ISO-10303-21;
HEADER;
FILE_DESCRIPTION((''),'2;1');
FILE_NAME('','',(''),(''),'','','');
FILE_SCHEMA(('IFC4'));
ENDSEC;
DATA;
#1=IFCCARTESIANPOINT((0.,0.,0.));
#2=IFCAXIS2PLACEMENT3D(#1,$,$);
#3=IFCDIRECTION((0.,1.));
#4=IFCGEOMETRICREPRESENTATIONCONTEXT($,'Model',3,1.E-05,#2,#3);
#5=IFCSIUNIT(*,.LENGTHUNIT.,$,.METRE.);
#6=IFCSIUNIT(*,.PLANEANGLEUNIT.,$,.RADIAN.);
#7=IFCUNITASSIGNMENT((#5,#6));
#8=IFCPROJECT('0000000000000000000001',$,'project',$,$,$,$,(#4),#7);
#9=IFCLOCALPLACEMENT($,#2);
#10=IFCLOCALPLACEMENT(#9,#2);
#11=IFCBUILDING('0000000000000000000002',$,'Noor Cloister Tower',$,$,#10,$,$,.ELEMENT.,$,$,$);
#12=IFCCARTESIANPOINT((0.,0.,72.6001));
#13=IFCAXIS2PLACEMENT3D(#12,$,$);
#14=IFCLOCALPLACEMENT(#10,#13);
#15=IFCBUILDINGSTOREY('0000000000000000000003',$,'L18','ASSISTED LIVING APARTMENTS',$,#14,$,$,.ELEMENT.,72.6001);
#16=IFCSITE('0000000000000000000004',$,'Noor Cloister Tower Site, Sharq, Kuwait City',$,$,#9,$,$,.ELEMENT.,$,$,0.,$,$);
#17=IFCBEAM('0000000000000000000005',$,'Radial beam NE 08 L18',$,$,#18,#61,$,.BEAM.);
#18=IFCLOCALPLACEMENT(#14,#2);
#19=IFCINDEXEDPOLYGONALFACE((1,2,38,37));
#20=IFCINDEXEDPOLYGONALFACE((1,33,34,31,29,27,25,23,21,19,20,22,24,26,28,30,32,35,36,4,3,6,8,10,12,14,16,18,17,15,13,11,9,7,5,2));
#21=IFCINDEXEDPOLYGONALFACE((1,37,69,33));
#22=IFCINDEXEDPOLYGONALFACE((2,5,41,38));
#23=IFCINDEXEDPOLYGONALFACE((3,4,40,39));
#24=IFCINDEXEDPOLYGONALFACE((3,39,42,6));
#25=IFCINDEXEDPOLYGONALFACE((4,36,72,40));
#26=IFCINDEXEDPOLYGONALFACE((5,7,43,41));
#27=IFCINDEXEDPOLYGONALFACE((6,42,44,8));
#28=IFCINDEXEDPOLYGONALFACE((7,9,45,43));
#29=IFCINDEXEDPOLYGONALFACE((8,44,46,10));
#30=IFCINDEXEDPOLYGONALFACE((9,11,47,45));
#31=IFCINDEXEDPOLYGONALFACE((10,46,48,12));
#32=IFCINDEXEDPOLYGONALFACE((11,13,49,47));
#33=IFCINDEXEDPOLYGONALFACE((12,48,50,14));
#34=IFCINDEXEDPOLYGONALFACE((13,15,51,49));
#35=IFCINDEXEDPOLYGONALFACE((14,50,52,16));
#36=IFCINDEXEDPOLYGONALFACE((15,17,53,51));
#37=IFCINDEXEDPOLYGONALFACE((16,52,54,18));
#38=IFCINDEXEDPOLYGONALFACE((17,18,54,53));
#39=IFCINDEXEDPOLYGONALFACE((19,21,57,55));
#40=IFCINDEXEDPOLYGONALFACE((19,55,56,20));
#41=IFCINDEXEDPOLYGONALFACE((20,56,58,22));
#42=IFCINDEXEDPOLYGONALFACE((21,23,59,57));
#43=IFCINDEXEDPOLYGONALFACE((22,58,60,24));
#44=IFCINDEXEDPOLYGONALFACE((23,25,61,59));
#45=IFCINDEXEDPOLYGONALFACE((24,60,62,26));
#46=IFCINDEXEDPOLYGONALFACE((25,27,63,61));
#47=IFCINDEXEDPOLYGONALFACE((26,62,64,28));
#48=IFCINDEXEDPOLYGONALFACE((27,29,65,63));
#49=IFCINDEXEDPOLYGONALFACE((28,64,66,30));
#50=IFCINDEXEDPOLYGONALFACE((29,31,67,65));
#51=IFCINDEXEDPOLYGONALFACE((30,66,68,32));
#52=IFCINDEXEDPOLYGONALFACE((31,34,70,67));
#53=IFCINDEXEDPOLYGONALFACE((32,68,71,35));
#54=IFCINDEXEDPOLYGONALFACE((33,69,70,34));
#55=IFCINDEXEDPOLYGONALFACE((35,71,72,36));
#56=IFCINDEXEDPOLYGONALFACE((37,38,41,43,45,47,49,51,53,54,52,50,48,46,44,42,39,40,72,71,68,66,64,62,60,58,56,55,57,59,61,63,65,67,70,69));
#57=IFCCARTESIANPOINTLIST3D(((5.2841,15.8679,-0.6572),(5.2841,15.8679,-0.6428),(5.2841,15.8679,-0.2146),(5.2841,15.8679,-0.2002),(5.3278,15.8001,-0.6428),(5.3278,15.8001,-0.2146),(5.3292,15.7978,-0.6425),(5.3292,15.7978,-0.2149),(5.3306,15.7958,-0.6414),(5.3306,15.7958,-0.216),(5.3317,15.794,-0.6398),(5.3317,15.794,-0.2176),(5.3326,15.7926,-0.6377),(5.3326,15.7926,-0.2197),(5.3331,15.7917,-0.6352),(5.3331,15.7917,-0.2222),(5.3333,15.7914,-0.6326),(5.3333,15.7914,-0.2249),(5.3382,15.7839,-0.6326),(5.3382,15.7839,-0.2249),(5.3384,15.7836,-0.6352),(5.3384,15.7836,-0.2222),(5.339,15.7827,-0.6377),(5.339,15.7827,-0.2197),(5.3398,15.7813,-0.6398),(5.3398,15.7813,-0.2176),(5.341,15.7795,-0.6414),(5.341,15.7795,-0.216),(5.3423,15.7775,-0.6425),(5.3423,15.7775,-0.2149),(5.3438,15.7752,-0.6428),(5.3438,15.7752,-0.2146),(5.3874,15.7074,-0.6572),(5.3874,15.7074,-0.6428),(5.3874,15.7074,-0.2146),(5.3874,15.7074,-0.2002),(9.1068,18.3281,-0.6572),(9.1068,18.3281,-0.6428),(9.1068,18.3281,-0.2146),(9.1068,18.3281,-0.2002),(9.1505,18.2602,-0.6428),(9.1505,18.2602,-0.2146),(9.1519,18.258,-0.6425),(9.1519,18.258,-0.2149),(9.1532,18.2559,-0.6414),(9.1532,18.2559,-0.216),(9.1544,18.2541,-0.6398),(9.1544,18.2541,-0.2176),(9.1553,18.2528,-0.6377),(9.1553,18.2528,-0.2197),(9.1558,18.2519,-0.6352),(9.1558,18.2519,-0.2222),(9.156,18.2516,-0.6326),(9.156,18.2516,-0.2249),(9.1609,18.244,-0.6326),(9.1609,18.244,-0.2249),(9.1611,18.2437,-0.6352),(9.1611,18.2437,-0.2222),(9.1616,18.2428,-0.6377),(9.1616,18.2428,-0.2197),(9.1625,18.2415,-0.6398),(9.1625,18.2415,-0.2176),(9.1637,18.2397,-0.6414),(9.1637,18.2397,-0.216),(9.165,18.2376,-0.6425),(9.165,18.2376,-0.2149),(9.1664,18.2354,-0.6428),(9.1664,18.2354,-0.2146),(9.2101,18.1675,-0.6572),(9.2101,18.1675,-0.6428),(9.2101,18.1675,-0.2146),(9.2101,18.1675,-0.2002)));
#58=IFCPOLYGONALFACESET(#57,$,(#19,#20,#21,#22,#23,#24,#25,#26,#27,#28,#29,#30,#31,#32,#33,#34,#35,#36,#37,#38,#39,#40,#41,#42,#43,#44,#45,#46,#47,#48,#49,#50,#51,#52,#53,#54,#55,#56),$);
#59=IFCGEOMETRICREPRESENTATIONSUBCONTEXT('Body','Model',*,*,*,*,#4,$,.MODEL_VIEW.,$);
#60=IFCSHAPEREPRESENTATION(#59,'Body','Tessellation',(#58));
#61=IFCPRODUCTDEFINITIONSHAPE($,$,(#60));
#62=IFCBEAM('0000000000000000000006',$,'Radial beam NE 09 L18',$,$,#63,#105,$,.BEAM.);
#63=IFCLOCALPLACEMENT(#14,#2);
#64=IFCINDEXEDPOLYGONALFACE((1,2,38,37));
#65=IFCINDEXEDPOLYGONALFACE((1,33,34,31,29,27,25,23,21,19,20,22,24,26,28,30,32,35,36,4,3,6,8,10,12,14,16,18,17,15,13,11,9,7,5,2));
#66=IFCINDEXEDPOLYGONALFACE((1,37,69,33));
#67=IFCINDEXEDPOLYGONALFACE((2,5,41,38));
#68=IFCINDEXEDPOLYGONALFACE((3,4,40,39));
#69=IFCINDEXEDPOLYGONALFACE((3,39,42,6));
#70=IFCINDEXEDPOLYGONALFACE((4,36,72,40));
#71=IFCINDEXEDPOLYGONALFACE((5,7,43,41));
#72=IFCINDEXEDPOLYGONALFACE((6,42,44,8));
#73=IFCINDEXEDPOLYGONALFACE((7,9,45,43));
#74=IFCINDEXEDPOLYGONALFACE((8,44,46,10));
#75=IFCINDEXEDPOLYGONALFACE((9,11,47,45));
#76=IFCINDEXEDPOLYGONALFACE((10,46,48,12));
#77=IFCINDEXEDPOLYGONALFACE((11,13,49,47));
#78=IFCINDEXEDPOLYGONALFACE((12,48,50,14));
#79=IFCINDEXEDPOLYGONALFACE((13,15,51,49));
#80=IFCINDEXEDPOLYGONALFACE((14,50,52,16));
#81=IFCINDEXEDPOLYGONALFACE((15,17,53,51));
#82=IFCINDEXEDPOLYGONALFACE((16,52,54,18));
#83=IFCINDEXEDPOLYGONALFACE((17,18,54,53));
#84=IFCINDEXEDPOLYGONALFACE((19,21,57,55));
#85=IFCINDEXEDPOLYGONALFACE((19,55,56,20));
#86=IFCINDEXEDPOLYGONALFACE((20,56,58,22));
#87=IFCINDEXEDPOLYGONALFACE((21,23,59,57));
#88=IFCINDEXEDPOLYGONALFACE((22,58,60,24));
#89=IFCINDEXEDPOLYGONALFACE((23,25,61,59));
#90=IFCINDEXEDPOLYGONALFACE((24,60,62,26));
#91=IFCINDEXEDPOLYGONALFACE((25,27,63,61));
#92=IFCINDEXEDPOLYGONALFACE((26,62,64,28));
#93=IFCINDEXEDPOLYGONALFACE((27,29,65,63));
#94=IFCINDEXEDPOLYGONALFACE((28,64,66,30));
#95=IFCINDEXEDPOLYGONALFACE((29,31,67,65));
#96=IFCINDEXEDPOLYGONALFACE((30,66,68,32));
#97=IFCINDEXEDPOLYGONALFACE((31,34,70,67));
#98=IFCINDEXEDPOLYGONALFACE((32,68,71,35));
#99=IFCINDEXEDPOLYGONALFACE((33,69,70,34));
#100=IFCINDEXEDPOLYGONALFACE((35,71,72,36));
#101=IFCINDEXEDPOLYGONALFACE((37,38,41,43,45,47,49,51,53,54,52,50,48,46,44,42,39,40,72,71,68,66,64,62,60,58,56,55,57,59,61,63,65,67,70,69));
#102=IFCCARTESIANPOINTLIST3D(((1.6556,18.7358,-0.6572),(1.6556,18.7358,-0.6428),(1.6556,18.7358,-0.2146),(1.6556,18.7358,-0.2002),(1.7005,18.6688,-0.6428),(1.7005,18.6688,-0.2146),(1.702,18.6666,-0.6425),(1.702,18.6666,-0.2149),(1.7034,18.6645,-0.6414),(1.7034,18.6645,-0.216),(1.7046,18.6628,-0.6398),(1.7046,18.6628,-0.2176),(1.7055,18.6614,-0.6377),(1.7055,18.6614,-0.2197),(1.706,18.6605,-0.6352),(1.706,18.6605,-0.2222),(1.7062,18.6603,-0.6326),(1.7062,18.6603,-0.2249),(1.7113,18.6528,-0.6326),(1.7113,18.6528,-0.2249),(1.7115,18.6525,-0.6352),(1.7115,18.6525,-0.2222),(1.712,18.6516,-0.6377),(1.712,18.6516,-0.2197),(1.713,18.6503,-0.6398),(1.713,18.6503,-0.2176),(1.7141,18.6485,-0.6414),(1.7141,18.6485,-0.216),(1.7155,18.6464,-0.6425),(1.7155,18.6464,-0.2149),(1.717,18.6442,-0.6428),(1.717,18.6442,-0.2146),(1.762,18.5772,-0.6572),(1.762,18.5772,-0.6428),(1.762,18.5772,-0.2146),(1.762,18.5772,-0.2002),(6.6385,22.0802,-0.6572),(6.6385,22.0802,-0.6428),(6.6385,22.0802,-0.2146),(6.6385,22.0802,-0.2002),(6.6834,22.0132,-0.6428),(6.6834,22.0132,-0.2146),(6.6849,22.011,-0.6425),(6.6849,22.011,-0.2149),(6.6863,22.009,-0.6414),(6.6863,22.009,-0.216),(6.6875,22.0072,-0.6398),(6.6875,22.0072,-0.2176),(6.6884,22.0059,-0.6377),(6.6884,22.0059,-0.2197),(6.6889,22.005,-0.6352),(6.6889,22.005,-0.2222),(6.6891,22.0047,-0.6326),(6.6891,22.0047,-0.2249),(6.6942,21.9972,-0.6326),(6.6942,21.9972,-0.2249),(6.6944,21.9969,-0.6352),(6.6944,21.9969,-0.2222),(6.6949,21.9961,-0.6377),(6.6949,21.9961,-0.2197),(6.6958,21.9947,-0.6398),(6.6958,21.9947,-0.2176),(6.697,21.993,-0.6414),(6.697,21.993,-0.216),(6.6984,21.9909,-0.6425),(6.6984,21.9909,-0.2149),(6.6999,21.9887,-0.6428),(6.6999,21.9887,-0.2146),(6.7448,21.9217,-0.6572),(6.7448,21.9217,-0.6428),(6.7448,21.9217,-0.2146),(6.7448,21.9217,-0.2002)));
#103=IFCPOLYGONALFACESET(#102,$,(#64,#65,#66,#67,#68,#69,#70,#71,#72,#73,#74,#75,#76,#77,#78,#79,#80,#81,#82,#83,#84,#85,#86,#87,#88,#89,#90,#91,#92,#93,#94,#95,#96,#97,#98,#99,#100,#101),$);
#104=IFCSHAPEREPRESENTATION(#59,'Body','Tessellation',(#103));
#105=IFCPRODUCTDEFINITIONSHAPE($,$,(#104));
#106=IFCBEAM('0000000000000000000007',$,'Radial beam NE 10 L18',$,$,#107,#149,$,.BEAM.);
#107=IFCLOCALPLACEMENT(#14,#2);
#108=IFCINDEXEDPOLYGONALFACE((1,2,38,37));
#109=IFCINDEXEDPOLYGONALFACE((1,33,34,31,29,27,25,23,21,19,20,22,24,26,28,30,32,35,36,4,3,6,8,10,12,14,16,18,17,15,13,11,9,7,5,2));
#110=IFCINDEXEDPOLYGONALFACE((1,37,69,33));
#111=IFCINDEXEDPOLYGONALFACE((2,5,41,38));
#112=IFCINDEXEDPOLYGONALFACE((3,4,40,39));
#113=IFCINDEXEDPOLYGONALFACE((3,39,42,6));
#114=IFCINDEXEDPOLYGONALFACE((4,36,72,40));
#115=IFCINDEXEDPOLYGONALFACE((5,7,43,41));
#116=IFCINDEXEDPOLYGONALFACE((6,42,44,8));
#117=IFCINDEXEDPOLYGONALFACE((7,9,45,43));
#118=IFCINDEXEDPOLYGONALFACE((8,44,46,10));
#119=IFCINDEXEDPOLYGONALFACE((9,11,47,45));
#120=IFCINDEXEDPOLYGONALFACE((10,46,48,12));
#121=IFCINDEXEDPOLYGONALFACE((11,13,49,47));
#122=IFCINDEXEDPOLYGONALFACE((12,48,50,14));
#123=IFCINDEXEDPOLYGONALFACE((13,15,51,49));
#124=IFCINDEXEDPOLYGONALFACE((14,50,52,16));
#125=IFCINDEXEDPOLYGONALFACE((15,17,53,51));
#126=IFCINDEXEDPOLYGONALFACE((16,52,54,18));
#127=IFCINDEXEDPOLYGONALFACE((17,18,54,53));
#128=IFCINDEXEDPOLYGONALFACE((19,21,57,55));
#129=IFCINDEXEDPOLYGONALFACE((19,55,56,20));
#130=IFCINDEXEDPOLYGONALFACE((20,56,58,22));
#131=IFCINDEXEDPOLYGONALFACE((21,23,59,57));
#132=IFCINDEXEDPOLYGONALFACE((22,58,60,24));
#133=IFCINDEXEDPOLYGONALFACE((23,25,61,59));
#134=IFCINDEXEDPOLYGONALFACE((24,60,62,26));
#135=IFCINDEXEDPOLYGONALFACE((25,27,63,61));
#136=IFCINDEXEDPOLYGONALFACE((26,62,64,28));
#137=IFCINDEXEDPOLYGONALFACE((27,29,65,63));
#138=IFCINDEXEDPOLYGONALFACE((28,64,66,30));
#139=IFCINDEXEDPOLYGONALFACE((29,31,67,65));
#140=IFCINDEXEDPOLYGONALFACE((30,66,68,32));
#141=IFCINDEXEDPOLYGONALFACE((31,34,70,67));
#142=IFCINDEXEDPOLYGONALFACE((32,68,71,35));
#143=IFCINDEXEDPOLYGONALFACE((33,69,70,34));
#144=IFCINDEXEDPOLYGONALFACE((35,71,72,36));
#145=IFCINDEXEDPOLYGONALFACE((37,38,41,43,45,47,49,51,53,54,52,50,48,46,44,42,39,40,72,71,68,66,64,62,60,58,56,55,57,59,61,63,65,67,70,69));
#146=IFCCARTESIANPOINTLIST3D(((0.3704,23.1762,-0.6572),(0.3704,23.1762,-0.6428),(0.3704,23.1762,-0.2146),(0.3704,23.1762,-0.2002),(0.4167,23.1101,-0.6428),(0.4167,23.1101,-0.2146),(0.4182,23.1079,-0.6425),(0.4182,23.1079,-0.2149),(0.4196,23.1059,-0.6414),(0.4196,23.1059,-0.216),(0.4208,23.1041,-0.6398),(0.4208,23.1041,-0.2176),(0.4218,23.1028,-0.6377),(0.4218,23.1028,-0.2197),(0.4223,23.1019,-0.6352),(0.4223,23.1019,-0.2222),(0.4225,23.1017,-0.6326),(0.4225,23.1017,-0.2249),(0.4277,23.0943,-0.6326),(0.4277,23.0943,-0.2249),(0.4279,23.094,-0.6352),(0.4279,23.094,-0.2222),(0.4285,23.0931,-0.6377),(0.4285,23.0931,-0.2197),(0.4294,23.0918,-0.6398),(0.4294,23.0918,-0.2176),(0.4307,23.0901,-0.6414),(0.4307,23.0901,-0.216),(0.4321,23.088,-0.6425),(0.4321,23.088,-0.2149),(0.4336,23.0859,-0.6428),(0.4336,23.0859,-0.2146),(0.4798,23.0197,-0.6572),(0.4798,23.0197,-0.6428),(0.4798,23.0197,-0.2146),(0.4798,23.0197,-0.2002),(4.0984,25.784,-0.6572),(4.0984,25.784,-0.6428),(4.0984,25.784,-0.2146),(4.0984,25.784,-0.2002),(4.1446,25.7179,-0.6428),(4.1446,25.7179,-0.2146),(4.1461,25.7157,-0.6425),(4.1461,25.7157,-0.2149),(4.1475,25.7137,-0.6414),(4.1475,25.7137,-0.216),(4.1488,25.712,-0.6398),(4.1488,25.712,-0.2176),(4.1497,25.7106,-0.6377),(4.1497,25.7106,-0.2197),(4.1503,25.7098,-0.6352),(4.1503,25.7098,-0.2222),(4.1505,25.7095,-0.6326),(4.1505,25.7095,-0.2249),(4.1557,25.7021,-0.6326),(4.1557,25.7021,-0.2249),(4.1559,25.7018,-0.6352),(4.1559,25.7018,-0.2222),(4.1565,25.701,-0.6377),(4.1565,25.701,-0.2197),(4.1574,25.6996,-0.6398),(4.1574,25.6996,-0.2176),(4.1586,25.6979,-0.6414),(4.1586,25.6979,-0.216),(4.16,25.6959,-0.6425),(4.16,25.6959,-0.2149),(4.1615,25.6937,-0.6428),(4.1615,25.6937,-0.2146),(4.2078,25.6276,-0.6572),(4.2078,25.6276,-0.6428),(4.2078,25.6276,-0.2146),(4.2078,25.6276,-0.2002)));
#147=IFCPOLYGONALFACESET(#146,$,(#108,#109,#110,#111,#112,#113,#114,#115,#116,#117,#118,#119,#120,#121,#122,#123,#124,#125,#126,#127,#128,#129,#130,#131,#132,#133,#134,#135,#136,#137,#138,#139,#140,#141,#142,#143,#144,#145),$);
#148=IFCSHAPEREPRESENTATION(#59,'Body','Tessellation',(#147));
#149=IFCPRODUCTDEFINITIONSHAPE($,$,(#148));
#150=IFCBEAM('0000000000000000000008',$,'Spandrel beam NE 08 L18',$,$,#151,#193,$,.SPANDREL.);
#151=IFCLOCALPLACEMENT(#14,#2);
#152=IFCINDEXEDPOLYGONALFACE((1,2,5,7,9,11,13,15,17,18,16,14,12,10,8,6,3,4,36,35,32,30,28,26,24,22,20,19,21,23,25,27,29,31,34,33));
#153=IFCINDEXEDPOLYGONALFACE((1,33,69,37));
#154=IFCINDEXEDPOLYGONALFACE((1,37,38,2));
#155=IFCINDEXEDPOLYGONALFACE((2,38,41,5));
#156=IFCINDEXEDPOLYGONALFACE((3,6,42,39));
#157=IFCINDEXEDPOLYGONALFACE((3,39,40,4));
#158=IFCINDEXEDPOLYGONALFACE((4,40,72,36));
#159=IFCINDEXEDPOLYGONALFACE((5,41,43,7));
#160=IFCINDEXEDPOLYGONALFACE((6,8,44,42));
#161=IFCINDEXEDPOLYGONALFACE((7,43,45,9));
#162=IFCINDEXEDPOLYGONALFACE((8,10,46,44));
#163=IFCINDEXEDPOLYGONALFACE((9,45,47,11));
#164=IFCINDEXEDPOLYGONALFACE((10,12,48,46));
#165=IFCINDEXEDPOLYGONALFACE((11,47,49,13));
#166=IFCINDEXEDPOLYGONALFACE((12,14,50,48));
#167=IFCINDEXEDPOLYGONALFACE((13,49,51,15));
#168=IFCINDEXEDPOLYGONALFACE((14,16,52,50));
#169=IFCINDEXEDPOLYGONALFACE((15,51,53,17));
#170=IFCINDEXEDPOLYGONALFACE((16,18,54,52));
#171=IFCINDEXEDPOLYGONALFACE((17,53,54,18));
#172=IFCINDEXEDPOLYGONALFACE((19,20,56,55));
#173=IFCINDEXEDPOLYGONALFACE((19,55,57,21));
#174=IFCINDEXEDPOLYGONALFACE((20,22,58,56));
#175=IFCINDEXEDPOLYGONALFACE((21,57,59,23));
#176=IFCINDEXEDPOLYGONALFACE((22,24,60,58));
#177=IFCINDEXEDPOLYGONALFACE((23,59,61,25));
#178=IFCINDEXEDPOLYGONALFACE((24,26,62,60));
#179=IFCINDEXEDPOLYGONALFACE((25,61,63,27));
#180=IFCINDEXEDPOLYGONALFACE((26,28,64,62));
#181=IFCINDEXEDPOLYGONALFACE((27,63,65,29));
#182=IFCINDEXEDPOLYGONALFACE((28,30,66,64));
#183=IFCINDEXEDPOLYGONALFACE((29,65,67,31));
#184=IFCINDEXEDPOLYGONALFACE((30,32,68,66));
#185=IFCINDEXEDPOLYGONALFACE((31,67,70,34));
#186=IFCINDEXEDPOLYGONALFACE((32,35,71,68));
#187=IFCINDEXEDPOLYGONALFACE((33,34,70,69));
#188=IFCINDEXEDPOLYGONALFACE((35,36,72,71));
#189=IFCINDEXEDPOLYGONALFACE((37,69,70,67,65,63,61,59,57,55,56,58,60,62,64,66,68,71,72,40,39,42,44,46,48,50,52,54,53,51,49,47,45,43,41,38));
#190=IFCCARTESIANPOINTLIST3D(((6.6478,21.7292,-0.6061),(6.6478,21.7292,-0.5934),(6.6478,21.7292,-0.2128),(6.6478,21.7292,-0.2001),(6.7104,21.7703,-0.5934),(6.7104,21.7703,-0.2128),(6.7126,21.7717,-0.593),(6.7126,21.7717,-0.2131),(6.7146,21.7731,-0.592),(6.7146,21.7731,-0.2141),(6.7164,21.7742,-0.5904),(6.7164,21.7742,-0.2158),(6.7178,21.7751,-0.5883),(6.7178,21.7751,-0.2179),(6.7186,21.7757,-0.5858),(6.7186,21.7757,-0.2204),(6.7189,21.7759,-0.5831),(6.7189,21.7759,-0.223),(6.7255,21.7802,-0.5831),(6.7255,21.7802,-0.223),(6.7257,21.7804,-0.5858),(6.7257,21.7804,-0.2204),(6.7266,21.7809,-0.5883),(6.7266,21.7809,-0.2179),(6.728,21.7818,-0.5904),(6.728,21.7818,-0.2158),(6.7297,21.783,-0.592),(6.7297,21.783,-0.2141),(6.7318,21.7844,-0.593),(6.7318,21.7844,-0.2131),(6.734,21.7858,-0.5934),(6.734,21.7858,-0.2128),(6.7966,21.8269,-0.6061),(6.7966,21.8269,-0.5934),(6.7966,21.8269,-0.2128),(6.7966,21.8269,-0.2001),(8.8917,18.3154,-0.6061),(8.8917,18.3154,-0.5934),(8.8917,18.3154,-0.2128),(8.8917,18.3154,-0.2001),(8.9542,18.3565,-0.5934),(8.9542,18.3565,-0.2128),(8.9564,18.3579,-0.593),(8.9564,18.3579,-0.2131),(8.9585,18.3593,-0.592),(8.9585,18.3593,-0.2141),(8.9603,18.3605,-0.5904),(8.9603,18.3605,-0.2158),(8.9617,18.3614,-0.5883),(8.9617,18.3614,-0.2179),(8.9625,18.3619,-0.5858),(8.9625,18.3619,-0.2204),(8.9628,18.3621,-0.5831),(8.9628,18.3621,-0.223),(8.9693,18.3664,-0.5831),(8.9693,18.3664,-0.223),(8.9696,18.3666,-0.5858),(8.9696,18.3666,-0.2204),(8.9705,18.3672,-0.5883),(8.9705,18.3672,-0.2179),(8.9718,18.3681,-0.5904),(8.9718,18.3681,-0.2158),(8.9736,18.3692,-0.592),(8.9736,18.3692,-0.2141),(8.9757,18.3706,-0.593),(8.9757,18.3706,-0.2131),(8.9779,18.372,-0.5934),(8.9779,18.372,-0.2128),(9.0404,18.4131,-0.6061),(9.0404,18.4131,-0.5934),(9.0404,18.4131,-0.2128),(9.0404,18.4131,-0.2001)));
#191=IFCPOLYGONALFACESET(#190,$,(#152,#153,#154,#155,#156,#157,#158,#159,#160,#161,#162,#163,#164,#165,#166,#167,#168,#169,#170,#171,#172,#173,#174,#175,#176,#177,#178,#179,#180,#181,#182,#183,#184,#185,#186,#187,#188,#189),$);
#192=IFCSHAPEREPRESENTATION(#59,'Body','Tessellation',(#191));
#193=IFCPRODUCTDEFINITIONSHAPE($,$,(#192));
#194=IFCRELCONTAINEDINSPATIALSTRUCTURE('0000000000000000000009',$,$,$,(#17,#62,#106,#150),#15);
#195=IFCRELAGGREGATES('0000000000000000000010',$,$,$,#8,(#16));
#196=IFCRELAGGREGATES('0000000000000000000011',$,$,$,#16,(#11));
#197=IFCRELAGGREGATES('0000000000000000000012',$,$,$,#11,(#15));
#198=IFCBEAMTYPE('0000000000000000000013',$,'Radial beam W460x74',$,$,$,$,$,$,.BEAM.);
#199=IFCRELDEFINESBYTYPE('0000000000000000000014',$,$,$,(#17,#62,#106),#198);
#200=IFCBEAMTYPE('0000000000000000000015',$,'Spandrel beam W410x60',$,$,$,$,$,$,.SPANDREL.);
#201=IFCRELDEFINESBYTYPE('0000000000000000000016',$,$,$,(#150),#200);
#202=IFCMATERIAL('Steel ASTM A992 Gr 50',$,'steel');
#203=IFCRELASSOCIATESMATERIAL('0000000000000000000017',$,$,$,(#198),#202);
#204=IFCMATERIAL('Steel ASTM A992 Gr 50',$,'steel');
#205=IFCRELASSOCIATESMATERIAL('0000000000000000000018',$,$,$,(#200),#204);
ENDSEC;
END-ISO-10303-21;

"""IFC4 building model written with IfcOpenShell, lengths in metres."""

from ifc_helpers import new_model, si_unit, direction, frame, origin, origin_2d, place, context, subcontext, project, spatial, i_section, extrude, material, material_profile, profile_set, type_object, element, save


model = new_model("IFC4")

# Units and contexts
model_context = context("Model", 3, precision=1e-05, world=origin(), true_north=direction((0.0, 1.0)))
body_context = subcontext(model_context, "Body", "Model", "MODEL_VIEW")
ifc_project = project(units=[si_unit("LENGTHUNIT", "METRE"), si_unit("PLANEANGLEUNIT", "RADIAN")], contexts=[model_context])

# Site, building, storey
site_placement = place(None, origin())
site = spatial("IfcSite", under=ifc_project, at=site_placement, Name="Noor Cloister Tower Site, Sharq, Kuwait City", CompositionType="ELEMENT", RefElevation=0.0)
building_placement = place(site_placement, origin())
building = spatial("IfcBuilding", under=site, at=building_placement, Name="Noor Cloister Tower", CompositionType="ELEMENT")
storey_placement = place(building_placement, frame((0.0, 0.0, 72.6001)))
storey = spatial("IfcBuildingStorey", under=building, at=storey_placement, Name="L18", Description="ASSISTED LIVING APARTMENTS", CompositionType="ELEMENT", Elevation=72.6001)

# Beams
ifc_material_1 = material(Name="Steel ASTM A992 Gr 50", Category="steel")
ifc_material_profile_1 = material_profile(ifc_material_1, i_section(OverallWidth=0.1909, OverallDepth=0.457, WebThickness=0.009, FlangeThickness=0.0144, FilletRadius=0.0103, at=origin_2d()), Name="W460x74")
ifc_profile_set_1 = profile_set([ifc_material_profile_1], Name="Steel ASTM A992 Gr 50")
beam_type_1 = type_object("IfcBeamType", Name="Radial beam W460x74", PredefinedType="BEAM", material=ifc_profile_set_1)
beam_1_placement = place(storey_placement, frame((9.1584, 18.2478, -0.4287), z_axis=(-0.840906, -0.541181, 0.0), x_axis=(0.541181, -0.840906, 0.0)))
element("IfcBeam", 1, at=beam_1_placement, inside=storey, type_object=beam_type_1, Name="Radial beam NE 08 L18", PredefinedType="BEAM", context=body_context, shape_type="SweptSolid", body=[
    extrude(i_section(OverallWidth=0.1909, OverallDepth=0.457, WebThickness=0.009, FlangeThickness=0.0144, FilletRadius=0.0103, at=origin_2d()), origin(), (0.0, 0.0, 1.0), 4.5459),
])
beam_2_placement = place(storey_placement, frame((6.6917, 22.001, -0.4287), z_axis=(-0.830313, -0.557298, 0.0), x_axis=(0.557298, -0.830313, 0.0)))
element("IfcBeam", 2, at=beam_2_placement, inside=storey, type_object=beam_type_1, Name="Radial beam NE 09 L18", PredefinedType="BEAM", context=body_context, shape_type="SweptSolid", body=[
    extrude(i_section(OverallWidth=0.1909, OverallDepth=0.457, WebThickness=0.009, FlangeThickness=0.0144, FilletRadius=0.0103, at=origin_2d()), origin(), (0.0, 0.0, 1.0), 6.0012),
])
beam_3_placement = place(storey_placement, frame((4.1531, 25.7058, -0.4287), z_axis=(-0.819408, -0.57321, 0.0), x_axis=(0.57321, -0.819408, 0.0)))
element("IfcBeam", 3, at=beam_3_placement, inside=storey, type_object=beam_type_1, Name="Radial beam NE 10 L18", PredefinedType="BEAM", context=body_context, shape_type="SweptSolid", body=[
    extrude(i_section(OverallWidth=0.1909, OverallDepth=0.457, WebThickness=0.009, FlangeThickness=0.0144, FilletRadius=0.0103, at=origin_2d()), origin(), (0.0, 0.0, 1.0), 4.5496),
])
ifc_material_2 = material(Name="Steel ASTM A992 Gr 50", Category="steel")
ifc_material_profile_2 = material_profile(ifc_material_2, i_section(OverallWidth=0.178, OverallDepth=0.406, WebThickness=0.0078, FlangeThickness=0.0127, FilletRadius=0.0103, at=origin_2d()), Name="W410x60")
ifc_profile_set_2 = profile_set([ifc_material_profile_2], Name="Steel ASTM A992 Gr 50")
beam_type_2 = type_object("IfcBeamType", Name="Spandrel beam W410x60", PredefinedType="SPANDREL", material=ifc_profile_set_2)
for number, where, z_axis, x_axis, name in (
    (4, (8.9661, 18.3643, -0.4031), (-0.549269, 0.835646, 0.0), (-0.835646, -0.549269, 0.0), "Spandrel beam NE 08 L18"),
):
    element("IfcBeam", number, at=place(storey_placement, frame(where, z_axis=z_axis, x_axis=x_axis)), inside=storey, type_object=beam_type_2, Name=name, PredefinedType="SPANDREL", context=body_context, shape_type="SweptSolid", body=[
        extrude(i_section(OverallWidth=0.178, OverallDepth=0.406, WebThickness=0.0078, FlangeThickness=0.0127, FilletRadius=0.0103, at=origin_2d()), origin(), (0.0, 0.0, 1.0), 4.0852),
    ])

save(model, "model.ifc")
